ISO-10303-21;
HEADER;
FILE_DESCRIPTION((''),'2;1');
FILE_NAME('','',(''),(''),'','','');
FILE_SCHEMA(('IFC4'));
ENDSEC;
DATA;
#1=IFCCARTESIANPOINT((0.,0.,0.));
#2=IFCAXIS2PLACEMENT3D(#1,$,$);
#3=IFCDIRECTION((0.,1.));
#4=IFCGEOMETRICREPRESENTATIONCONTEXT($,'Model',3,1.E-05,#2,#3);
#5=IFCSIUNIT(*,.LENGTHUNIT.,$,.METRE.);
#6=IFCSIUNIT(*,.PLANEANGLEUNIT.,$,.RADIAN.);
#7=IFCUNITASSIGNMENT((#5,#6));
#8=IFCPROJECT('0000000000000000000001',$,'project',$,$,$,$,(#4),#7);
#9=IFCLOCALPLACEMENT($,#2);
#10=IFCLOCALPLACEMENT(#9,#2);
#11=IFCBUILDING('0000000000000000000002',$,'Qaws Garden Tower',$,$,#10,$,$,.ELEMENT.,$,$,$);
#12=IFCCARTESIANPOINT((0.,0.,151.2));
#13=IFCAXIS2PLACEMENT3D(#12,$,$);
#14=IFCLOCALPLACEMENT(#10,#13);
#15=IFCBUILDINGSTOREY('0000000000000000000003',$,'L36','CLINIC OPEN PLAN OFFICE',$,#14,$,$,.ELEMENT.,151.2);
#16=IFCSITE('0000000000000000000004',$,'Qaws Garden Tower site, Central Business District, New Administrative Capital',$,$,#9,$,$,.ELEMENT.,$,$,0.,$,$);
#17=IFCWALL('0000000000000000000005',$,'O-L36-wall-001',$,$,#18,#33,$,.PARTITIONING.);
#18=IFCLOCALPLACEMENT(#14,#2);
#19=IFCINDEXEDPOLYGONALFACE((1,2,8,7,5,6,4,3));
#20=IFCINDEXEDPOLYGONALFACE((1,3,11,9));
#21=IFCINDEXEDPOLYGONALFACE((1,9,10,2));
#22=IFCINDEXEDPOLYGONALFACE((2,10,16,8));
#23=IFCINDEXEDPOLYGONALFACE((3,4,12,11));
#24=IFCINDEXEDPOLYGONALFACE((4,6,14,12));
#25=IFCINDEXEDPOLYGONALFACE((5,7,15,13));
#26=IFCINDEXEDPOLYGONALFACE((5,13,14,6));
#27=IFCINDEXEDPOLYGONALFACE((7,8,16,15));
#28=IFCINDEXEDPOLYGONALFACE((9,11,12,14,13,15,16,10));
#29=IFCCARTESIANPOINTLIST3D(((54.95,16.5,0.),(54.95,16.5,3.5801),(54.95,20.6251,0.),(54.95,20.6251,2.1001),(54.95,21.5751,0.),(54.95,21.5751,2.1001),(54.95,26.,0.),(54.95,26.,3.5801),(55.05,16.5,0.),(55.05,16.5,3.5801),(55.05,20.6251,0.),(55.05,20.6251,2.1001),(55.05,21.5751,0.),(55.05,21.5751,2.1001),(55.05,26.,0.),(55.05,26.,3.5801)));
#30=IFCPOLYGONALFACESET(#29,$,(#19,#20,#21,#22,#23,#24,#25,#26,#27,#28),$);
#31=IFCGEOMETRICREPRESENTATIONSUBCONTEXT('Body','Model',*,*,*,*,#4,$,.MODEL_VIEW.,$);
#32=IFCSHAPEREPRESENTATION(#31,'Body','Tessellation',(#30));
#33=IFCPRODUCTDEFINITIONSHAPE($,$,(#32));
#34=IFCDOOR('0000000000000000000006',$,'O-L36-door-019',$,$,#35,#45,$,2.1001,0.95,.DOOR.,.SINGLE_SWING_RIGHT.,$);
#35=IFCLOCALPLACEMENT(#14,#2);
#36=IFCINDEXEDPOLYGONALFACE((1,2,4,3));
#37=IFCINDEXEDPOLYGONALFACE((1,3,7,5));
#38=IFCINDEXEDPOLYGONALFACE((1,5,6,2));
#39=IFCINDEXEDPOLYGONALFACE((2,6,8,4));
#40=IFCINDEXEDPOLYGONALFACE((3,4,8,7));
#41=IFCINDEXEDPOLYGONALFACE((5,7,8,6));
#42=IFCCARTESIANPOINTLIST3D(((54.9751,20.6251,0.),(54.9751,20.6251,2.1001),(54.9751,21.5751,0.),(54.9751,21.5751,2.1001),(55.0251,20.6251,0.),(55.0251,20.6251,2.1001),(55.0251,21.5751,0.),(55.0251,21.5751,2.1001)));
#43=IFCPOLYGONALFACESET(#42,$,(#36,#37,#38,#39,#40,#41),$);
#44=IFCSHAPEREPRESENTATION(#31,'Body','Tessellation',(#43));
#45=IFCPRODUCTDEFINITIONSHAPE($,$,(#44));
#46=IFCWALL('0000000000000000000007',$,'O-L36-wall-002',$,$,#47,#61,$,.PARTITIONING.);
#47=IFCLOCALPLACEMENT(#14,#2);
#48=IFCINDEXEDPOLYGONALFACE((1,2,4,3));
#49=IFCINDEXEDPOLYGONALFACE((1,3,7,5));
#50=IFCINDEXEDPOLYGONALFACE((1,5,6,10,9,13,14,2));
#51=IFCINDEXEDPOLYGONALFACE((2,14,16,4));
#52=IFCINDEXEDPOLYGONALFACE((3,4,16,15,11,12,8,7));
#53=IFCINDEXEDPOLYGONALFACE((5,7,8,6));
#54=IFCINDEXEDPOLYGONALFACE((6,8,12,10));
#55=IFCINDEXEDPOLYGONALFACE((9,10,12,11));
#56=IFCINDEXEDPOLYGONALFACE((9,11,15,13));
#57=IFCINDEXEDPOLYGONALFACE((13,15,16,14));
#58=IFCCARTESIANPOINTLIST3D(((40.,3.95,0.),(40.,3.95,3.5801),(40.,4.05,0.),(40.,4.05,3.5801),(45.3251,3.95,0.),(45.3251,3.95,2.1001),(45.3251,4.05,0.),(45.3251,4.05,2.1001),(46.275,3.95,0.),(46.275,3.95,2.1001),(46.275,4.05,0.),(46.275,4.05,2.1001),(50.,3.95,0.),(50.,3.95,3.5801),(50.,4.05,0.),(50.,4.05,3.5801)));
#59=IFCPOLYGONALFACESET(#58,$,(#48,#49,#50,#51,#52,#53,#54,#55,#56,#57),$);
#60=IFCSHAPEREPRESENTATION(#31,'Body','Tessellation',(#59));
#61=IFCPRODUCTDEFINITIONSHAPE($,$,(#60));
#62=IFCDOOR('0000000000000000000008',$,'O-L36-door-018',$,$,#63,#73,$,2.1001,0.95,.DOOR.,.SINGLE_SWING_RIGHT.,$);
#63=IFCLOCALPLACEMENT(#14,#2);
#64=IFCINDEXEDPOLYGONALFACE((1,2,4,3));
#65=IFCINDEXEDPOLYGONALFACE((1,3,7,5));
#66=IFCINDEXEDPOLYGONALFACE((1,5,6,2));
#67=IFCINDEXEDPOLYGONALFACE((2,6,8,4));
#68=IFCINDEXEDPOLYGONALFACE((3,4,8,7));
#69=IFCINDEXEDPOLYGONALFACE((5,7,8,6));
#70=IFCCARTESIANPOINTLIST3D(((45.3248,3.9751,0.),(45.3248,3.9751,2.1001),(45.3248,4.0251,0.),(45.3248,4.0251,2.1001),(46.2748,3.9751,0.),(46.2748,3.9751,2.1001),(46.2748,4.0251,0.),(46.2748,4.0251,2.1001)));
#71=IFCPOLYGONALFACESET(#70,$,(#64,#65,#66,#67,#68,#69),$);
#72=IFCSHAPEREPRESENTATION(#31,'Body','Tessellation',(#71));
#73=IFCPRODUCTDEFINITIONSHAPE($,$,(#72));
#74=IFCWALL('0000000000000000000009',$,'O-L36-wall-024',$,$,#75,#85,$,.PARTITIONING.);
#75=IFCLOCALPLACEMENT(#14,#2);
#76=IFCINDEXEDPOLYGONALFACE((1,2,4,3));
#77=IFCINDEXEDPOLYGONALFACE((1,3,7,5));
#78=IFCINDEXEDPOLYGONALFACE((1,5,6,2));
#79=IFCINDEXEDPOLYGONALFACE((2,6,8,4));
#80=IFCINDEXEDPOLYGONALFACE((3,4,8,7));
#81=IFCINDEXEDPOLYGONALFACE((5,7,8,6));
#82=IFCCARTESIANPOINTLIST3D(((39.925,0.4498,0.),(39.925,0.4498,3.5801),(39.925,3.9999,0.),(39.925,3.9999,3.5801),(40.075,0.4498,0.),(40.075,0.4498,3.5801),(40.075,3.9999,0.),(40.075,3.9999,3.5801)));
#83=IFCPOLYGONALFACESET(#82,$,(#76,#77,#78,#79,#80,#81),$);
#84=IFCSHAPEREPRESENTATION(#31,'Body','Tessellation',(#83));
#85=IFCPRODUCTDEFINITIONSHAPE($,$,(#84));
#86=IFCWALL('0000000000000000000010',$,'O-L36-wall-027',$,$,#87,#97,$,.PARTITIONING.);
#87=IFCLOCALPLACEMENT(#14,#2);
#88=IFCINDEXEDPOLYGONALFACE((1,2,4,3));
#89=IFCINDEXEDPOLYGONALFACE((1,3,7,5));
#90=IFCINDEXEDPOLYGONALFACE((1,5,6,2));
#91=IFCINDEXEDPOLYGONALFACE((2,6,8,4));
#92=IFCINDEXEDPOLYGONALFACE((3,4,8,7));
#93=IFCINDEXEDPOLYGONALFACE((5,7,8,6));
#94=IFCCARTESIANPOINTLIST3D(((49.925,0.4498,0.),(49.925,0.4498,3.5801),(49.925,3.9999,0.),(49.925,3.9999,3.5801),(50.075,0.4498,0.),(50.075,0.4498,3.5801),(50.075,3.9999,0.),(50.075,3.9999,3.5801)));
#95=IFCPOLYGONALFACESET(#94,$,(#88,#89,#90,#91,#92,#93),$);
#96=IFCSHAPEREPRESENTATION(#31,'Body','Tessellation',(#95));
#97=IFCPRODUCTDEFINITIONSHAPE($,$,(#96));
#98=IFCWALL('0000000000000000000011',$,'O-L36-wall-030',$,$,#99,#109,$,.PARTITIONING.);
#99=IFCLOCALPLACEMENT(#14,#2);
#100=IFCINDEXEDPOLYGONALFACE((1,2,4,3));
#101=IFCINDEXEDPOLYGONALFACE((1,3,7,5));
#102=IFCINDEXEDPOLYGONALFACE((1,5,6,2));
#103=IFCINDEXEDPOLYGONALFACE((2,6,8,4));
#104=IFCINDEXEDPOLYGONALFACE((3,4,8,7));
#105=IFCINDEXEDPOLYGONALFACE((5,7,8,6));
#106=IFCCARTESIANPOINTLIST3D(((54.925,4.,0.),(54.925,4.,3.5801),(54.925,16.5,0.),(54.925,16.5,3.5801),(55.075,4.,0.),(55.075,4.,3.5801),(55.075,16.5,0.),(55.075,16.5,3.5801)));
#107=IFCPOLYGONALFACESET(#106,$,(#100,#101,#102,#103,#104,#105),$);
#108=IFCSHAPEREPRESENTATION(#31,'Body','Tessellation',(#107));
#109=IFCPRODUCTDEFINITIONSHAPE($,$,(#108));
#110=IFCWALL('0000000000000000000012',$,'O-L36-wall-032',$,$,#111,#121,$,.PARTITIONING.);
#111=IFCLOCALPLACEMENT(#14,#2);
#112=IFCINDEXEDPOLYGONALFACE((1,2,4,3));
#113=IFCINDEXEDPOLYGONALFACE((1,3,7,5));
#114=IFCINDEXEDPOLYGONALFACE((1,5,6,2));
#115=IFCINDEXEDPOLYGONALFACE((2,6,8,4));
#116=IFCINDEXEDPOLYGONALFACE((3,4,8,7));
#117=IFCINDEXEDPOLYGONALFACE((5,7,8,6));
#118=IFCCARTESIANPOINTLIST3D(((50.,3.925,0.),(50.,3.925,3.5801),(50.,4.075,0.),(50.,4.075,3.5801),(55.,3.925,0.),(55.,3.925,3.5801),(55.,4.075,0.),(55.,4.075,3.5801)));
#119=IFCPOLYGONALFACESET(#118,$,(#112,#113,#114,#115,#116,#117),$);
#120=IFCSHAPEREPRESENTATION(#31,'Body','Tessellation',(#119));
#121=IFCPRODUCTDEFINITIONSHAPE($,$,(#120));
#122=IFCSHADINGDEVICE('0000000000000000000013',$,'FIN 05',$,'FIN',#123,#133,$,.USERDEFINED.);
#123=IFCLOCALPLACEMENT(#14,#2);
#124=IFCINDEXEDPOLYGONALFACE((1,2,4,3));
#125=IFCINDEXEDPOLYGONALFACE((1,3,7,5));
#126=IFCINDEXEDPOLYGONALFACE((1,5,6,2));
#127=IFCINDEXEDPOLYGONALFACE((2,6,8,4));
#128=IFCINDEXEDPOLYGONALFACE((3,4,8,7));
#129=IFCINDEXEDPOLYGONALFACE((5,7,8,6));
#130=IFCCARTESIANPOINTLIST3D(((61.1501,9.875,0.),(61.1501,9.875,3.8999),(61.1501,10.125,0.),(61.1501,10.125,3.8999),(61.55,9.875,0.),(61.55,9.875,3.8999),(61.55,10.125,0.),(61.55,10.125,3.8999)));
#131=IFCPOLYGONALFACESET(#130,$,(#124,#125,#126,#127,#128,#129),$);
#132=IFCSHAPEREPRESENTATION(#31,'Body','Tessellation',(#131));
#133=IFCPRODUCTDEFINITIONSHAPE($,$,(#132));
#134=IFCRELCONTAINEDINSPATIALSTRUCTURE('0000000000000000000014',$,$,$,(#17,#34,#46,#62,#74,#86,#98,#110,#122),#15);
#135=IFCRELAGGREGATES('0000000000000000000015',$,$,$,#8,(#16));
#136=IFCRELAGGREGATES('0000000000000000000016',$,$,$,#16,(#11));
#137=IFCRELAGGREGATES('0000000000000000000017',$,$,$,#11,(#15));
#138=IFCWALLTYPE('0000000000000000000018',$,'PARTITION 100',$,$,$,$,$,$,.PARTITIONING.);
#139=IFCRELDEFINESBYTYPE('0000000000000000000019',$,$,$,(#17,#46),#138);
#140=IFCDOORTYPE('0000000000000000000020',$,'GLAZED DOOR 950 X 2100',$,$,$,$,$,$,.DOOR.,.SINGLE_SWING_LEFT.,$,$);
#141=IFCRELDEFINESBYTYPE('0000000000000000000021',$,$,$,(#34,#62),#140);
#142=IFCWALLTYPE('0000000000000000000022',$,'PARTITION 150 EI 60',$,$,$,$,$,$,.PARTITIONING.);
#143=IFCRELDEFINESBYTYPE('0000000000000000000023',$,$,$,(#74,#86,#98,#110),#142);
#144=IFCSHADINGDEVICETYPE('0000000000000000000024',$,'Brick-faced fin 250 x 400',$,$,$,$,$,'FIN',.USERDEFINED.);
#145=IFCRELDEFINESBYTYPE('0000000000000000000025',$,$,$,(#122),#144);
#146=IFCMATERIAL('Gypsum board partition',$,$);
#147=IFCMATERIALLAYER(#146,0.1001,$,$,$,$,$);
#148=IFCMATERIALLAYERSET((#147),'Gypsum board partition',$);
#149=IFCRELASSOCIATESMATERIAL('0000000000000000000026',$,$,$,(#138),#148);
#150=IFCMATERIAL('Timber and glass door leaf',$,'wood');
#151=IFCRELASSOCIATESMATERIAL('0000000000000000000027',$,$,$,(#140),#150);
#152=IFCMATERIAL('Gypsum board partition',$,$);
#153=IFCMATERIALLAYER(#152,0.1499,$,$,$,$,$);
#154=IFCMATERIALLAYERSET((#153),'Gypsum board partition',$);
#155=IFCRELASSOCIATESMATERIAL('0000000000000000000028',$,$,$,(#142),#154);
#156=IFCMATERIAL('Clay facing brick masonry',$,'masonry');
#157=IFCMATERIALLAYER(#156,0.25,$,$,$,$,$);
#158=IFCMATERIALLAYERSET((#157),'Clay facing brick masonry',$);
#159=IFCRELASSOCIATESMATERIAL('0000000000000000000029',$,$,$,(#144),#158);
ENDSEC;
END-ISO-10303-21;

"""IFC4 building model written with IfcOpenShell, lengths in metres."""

from ifc_helpers import new_model, si_unit, direction, frame, frame_2d, origin, origin_2d, place, context, subcontext, project, spatial, rectangle, extrude, material, layer, layer_set, type_object, element, fill, save


model = new_model("IFC4")

# Units and contexts
model_context = context("Model", 3, precision=1e-05, world=origin(), true_north=direction((0.0, 1.0)))
body_context = subcontext(model_context, "Body", "Model", "MODEL_VIEW")
ifc_project = project(units=[si_unit("LENGTHUNIT", "METRE"), si_unit("PLANEANGLEUNIT", "RADIAN")], contexts=[model_context])

# Site, building, storey
site_placement = place(None, origin())
site = spatial("IfcSite", under=ifc_project, at=site_placement, Name="Qaws Garden Tower site, Central Business District, New Administrative Capital", CompositionType="ELEMENT", RefElevation=0.0)
building_placement = place(site_placement, origin())
building = spatial("IfcBuilding", under=site, at=building_placement, Name="Qaws Garden Tower", CompositionType="ELEMENT")
storey_placement = place(building_placement, frame((0.0, 0.0, 151.2)))
storey = spatial("IfcBuildingStorey", under=building, at=storey_placement, Name="L36", Description="CLINIC OPEN PLAN OFFICE", CompositionType="ELEMENT", Elevation=151.2)

# Walls, openings, doors
ifc_material_1 = material(Name="Gypsum board partition")
ifc_layer_1 = layer(ifc_material_1, 0.1001)
ifc_layer_set_1 = layer_set([ifc_layer_1], Name="Gypsum board partition")
wall_type_1 = type_object("IfcWallType", Name="PARTITION 100", PredefinedType="PARTITIONING", material=ifc_layer_set_1)
wall_1_placement = place(storey_placement, frame((55.0, 16.5, 0.0), z_axis=(0.0, 0.0, 1.0), x_axis=(0.0, 1.0, 0.0)))
wall_1 = element("IfcWall", 1, at=wall_1_placement, inside=storey, type_object=wall_type_1, Name="O-L36-wall-001", PredefinedType="PARTITIONING", context=body_context, shape_type="SweptSolid", body=[
    extrude(rectangle(XDim=9.5, YDim=0.1001, at=frame_2d((4.75, 0.0))), origin(), (0.0, 0.0, 1.0), 3.5801),
])
opening_1_placement = place(wall_1_placement, frame((4.125, 0.0, 0.0)))
opening_1 = element("IfcOpeningElement", 2, at=opening_1_placement, cuts=wall_1, PredefinedType="OPENING", context=body_context, shape_type="SweptSolid", body=[
    extrude(rectangle(XDim=0.95, YDim=2.1001, at=frame_2d((0.4751, 1.05))), frame((0.0, 0.0601, 0.0), z_axis=(0.0, -1.0, 0.0), x_axis=(1.0, 0.0, 0.0)), (0.0, 0.0, 1.0), 0.1201),
])
ifc_material_2 = material(Name="Timber and glass door leaf", Category="wood")
door_type = type_object("IfcDoorType", Name="GLAZED DOOR 950 X 2100", OperationType="SINGLE_SWING_LEFT", PredefinedType="DOOR", material=ifc_material_2)
door_1_placement = place(opening_1_placement, origin())
door_1 = element("IfcDoor", 3, at=door_1_placement, inside=storey, type_object=door_type, Name="O-L36-door-019", OperationType="SINGLE_SWING_RIGHT", OverallHeight=2.1001, OverallWidth=0.95, PredefinedType="DOOR", context=body_context, shape_type="SweptSolid", body=[
    extrude(rectangle(XDim=0.95, YDim=2.1001, at=frame_2d((0.4751, 1.05))), frame((0.0, 0.0249, 0.0), z_axis=(0.0, -1.0, 0.0), x_axis=(1.0, 0.0, 0.0)), (0.0, 0.0, 1.0), 0.05),
])
fill(opening_1, door_1)
wall_2_placement = place(storey_placement, frame((40.0, 4.0, 0.0), z_axis=(0.0, 0.0, 1.0), x_axis=(1.0, 0.0, 0.0)))
wall_2 = element("IfcWall", 4, at=wall_2_placement, inside=storey, type_object=wall_type_1, Name="O-L36-wall-002", PredefinedType="PARTITIONING", context=body_context, shape_type="SweptSolid", body=[
    extrude(rectangle(XDim=10.0, YDim=0.1001, at=frame_2d((5.0, 0.0))), origin(), (0.0, 0.0, 1.0), 3.5801),
])
opening_2_placement = place(wall_2_placement, frame((5.325, 0.0, 0.0)))
opening_2 = element("IfcOpeningElement", 5, at=opening_2_placement, cuts=wall_2, PredefinedType="OPENING", context=body_context, shape_type="SweptSolid", body=[
    extrude(rectangle(XDim=0.95, YDim=2.1001, at=frame_2d((0.4751, 1.05))), frame((0.0, 0.0601, 0.0), z_axis=(0.0, -1.0, 0.0), x_axis=(1.0, 0.0, 0.0)), (0.0, 0.0, 1.0), 0.1201),
])
door_2_placement = place(opening_2_placement, frame((0.95, 0.0, 0.0), z_axis=(0.0, 0.0, 1.0), x_axis=(-1.0, 0.0, 0.0)))
door_2 = element("IfcDoor", 6, at=door_2_placement, inside=storey, type_object=door_type, Name="O-L36-door-018", OperationType="SINGLE_SWING_RIGHT", OverallHeight=2.1001, OverallWidth=0.95, PredefinedType="DOOR", context=body_context, shape_type="SweptSolid", body=[
    extrude(rectangle(XDim=0.95, YDim=2.1001, at=frame_2d((0.4751, 1.05))), frame((0.0, 0.0249, 0.0), z_axis=(0.0, -1.0, 0.0), x_axis=(1.0, 0.0, 0.0)), (0.0, 0.0, 1.0), 0.05),
])
fill(opening_2, door_2)

# Walls
ifc_material_3 = material(Name="Gypsum board partition")
ifc_layer_2 = layer(ifc_material_3, 0.1499)
ifc_layer_set_2 = layer_set([ifc_layer_2], Name="Gypsum board partition")
wall_type_2 = type_object("IfcWallType", Name="PARTITION 150 EI 60", PredefinedType="PARTITIONING", material=ifc_layer_set_2)
for number, where, z_axis, x_axis, name in (
    (7, (40.0, 0.45, 0.0), (0.0, 0.0, 1.0), (0.0, 1.0, 0.0), "O-L36-wall-024"),
    (8, (50.0, 0.45, 0.0), (0.0, 0.0, 1.0), (0.0, 1.0, 0.0), "O-L36-wall-027"),
):
    element("IfcWall", number, at=place(storey_placement, frame(where, z_axis=z_axis, x_axis=x_axis)), inside=storey, type_object=wall_type_2, Name=name, PredefinedType="PARTITIONING", context=body_context, shape_type="SweptSolid", body=[
        extrude(rectangle(XDim=3.55, YDim=0.1499, at=frame_2d((1.7749, 0.0))), origin(), (0.0, 0.0, 1.0), 3.5801),
    ])
wall_3_placement = place(storey_placement, frame((55.0, 4.0, 0.0), z_axis=(0.0, 0.0, 1.0), x_axis=(0.0, 1.0, 0.0)))
element("IfcWall", 9, at=wall_3_placement, inside=storey, type_object=wall_type_2, Name="O-L36-wall-030", PredefinedType="PARTITIONING", context=body_context, shape_type="SweptSolid", body=[
    extrude(rectangle(XDim=12.5, YDim=0.1499, at=frame_2d((6.25, 0.0))), origin(), (0.0, 0.0, 1.0), 3.5801),
])
wall_4_placement = place(storey_placement, frame((50.0, 4.0, 0.0), z_axis=(0.0, 0.0, 1.0), x_axis=(1.0, 0.0, 0.0)))
element("IfcWall", 10, at=wall_4_placement, inside=storey, type_object=wall_type_2, Name="O-L36-wall-032", PredefinedType="PARTITIONING", context=body_context, shape_type="SweptSolid", body=[
    extrude(rectangle(XDim=5.0, YDim=0.1499, at=frame_2d((2.5, 0.0))), origin(), (0.0, 0.0, 1.0), 3.5801),
])

# Shading device
ifc_material_4 = material(Name="Clay facing brick masonry", Category="masonry")
ifc_layer_3 = layer(ifc_material_4, 0.25)
ifc_layer_set_3 = layer_set([ifc_layer_3], Name="Clay facing brick masonry")
shading_device_type = type_object("IfcShadingDeviceType", Name="Brick-faced fin 250 x 400", ElementType="FIN", PredefinedType="USERDEFINED", material=ifc_layer_set_3)
shading_device_placement = place(storey_placement, frame((61.3501, 10.0, 0.0), z_axis=(0.0, 0.0, 1.0), x_axis=(0.0, 1.0, 0.0)))
element("IfcShadingDevice", 11, at=shading_device_placement, inside=storey, type_object=shading_device_type, Name="FIN 05", ObjectType="FIN", PredefinedType="USERDEFINED", context=body_context, shape_type="SweptSolid", body=[
    extrude(rectangle(XDim=0.25, YDim=0.3999, at=origin_2d()), origin(), (0.0, 0.0, 1.0), 3.8999),
])

save(model, "model.ifc")
